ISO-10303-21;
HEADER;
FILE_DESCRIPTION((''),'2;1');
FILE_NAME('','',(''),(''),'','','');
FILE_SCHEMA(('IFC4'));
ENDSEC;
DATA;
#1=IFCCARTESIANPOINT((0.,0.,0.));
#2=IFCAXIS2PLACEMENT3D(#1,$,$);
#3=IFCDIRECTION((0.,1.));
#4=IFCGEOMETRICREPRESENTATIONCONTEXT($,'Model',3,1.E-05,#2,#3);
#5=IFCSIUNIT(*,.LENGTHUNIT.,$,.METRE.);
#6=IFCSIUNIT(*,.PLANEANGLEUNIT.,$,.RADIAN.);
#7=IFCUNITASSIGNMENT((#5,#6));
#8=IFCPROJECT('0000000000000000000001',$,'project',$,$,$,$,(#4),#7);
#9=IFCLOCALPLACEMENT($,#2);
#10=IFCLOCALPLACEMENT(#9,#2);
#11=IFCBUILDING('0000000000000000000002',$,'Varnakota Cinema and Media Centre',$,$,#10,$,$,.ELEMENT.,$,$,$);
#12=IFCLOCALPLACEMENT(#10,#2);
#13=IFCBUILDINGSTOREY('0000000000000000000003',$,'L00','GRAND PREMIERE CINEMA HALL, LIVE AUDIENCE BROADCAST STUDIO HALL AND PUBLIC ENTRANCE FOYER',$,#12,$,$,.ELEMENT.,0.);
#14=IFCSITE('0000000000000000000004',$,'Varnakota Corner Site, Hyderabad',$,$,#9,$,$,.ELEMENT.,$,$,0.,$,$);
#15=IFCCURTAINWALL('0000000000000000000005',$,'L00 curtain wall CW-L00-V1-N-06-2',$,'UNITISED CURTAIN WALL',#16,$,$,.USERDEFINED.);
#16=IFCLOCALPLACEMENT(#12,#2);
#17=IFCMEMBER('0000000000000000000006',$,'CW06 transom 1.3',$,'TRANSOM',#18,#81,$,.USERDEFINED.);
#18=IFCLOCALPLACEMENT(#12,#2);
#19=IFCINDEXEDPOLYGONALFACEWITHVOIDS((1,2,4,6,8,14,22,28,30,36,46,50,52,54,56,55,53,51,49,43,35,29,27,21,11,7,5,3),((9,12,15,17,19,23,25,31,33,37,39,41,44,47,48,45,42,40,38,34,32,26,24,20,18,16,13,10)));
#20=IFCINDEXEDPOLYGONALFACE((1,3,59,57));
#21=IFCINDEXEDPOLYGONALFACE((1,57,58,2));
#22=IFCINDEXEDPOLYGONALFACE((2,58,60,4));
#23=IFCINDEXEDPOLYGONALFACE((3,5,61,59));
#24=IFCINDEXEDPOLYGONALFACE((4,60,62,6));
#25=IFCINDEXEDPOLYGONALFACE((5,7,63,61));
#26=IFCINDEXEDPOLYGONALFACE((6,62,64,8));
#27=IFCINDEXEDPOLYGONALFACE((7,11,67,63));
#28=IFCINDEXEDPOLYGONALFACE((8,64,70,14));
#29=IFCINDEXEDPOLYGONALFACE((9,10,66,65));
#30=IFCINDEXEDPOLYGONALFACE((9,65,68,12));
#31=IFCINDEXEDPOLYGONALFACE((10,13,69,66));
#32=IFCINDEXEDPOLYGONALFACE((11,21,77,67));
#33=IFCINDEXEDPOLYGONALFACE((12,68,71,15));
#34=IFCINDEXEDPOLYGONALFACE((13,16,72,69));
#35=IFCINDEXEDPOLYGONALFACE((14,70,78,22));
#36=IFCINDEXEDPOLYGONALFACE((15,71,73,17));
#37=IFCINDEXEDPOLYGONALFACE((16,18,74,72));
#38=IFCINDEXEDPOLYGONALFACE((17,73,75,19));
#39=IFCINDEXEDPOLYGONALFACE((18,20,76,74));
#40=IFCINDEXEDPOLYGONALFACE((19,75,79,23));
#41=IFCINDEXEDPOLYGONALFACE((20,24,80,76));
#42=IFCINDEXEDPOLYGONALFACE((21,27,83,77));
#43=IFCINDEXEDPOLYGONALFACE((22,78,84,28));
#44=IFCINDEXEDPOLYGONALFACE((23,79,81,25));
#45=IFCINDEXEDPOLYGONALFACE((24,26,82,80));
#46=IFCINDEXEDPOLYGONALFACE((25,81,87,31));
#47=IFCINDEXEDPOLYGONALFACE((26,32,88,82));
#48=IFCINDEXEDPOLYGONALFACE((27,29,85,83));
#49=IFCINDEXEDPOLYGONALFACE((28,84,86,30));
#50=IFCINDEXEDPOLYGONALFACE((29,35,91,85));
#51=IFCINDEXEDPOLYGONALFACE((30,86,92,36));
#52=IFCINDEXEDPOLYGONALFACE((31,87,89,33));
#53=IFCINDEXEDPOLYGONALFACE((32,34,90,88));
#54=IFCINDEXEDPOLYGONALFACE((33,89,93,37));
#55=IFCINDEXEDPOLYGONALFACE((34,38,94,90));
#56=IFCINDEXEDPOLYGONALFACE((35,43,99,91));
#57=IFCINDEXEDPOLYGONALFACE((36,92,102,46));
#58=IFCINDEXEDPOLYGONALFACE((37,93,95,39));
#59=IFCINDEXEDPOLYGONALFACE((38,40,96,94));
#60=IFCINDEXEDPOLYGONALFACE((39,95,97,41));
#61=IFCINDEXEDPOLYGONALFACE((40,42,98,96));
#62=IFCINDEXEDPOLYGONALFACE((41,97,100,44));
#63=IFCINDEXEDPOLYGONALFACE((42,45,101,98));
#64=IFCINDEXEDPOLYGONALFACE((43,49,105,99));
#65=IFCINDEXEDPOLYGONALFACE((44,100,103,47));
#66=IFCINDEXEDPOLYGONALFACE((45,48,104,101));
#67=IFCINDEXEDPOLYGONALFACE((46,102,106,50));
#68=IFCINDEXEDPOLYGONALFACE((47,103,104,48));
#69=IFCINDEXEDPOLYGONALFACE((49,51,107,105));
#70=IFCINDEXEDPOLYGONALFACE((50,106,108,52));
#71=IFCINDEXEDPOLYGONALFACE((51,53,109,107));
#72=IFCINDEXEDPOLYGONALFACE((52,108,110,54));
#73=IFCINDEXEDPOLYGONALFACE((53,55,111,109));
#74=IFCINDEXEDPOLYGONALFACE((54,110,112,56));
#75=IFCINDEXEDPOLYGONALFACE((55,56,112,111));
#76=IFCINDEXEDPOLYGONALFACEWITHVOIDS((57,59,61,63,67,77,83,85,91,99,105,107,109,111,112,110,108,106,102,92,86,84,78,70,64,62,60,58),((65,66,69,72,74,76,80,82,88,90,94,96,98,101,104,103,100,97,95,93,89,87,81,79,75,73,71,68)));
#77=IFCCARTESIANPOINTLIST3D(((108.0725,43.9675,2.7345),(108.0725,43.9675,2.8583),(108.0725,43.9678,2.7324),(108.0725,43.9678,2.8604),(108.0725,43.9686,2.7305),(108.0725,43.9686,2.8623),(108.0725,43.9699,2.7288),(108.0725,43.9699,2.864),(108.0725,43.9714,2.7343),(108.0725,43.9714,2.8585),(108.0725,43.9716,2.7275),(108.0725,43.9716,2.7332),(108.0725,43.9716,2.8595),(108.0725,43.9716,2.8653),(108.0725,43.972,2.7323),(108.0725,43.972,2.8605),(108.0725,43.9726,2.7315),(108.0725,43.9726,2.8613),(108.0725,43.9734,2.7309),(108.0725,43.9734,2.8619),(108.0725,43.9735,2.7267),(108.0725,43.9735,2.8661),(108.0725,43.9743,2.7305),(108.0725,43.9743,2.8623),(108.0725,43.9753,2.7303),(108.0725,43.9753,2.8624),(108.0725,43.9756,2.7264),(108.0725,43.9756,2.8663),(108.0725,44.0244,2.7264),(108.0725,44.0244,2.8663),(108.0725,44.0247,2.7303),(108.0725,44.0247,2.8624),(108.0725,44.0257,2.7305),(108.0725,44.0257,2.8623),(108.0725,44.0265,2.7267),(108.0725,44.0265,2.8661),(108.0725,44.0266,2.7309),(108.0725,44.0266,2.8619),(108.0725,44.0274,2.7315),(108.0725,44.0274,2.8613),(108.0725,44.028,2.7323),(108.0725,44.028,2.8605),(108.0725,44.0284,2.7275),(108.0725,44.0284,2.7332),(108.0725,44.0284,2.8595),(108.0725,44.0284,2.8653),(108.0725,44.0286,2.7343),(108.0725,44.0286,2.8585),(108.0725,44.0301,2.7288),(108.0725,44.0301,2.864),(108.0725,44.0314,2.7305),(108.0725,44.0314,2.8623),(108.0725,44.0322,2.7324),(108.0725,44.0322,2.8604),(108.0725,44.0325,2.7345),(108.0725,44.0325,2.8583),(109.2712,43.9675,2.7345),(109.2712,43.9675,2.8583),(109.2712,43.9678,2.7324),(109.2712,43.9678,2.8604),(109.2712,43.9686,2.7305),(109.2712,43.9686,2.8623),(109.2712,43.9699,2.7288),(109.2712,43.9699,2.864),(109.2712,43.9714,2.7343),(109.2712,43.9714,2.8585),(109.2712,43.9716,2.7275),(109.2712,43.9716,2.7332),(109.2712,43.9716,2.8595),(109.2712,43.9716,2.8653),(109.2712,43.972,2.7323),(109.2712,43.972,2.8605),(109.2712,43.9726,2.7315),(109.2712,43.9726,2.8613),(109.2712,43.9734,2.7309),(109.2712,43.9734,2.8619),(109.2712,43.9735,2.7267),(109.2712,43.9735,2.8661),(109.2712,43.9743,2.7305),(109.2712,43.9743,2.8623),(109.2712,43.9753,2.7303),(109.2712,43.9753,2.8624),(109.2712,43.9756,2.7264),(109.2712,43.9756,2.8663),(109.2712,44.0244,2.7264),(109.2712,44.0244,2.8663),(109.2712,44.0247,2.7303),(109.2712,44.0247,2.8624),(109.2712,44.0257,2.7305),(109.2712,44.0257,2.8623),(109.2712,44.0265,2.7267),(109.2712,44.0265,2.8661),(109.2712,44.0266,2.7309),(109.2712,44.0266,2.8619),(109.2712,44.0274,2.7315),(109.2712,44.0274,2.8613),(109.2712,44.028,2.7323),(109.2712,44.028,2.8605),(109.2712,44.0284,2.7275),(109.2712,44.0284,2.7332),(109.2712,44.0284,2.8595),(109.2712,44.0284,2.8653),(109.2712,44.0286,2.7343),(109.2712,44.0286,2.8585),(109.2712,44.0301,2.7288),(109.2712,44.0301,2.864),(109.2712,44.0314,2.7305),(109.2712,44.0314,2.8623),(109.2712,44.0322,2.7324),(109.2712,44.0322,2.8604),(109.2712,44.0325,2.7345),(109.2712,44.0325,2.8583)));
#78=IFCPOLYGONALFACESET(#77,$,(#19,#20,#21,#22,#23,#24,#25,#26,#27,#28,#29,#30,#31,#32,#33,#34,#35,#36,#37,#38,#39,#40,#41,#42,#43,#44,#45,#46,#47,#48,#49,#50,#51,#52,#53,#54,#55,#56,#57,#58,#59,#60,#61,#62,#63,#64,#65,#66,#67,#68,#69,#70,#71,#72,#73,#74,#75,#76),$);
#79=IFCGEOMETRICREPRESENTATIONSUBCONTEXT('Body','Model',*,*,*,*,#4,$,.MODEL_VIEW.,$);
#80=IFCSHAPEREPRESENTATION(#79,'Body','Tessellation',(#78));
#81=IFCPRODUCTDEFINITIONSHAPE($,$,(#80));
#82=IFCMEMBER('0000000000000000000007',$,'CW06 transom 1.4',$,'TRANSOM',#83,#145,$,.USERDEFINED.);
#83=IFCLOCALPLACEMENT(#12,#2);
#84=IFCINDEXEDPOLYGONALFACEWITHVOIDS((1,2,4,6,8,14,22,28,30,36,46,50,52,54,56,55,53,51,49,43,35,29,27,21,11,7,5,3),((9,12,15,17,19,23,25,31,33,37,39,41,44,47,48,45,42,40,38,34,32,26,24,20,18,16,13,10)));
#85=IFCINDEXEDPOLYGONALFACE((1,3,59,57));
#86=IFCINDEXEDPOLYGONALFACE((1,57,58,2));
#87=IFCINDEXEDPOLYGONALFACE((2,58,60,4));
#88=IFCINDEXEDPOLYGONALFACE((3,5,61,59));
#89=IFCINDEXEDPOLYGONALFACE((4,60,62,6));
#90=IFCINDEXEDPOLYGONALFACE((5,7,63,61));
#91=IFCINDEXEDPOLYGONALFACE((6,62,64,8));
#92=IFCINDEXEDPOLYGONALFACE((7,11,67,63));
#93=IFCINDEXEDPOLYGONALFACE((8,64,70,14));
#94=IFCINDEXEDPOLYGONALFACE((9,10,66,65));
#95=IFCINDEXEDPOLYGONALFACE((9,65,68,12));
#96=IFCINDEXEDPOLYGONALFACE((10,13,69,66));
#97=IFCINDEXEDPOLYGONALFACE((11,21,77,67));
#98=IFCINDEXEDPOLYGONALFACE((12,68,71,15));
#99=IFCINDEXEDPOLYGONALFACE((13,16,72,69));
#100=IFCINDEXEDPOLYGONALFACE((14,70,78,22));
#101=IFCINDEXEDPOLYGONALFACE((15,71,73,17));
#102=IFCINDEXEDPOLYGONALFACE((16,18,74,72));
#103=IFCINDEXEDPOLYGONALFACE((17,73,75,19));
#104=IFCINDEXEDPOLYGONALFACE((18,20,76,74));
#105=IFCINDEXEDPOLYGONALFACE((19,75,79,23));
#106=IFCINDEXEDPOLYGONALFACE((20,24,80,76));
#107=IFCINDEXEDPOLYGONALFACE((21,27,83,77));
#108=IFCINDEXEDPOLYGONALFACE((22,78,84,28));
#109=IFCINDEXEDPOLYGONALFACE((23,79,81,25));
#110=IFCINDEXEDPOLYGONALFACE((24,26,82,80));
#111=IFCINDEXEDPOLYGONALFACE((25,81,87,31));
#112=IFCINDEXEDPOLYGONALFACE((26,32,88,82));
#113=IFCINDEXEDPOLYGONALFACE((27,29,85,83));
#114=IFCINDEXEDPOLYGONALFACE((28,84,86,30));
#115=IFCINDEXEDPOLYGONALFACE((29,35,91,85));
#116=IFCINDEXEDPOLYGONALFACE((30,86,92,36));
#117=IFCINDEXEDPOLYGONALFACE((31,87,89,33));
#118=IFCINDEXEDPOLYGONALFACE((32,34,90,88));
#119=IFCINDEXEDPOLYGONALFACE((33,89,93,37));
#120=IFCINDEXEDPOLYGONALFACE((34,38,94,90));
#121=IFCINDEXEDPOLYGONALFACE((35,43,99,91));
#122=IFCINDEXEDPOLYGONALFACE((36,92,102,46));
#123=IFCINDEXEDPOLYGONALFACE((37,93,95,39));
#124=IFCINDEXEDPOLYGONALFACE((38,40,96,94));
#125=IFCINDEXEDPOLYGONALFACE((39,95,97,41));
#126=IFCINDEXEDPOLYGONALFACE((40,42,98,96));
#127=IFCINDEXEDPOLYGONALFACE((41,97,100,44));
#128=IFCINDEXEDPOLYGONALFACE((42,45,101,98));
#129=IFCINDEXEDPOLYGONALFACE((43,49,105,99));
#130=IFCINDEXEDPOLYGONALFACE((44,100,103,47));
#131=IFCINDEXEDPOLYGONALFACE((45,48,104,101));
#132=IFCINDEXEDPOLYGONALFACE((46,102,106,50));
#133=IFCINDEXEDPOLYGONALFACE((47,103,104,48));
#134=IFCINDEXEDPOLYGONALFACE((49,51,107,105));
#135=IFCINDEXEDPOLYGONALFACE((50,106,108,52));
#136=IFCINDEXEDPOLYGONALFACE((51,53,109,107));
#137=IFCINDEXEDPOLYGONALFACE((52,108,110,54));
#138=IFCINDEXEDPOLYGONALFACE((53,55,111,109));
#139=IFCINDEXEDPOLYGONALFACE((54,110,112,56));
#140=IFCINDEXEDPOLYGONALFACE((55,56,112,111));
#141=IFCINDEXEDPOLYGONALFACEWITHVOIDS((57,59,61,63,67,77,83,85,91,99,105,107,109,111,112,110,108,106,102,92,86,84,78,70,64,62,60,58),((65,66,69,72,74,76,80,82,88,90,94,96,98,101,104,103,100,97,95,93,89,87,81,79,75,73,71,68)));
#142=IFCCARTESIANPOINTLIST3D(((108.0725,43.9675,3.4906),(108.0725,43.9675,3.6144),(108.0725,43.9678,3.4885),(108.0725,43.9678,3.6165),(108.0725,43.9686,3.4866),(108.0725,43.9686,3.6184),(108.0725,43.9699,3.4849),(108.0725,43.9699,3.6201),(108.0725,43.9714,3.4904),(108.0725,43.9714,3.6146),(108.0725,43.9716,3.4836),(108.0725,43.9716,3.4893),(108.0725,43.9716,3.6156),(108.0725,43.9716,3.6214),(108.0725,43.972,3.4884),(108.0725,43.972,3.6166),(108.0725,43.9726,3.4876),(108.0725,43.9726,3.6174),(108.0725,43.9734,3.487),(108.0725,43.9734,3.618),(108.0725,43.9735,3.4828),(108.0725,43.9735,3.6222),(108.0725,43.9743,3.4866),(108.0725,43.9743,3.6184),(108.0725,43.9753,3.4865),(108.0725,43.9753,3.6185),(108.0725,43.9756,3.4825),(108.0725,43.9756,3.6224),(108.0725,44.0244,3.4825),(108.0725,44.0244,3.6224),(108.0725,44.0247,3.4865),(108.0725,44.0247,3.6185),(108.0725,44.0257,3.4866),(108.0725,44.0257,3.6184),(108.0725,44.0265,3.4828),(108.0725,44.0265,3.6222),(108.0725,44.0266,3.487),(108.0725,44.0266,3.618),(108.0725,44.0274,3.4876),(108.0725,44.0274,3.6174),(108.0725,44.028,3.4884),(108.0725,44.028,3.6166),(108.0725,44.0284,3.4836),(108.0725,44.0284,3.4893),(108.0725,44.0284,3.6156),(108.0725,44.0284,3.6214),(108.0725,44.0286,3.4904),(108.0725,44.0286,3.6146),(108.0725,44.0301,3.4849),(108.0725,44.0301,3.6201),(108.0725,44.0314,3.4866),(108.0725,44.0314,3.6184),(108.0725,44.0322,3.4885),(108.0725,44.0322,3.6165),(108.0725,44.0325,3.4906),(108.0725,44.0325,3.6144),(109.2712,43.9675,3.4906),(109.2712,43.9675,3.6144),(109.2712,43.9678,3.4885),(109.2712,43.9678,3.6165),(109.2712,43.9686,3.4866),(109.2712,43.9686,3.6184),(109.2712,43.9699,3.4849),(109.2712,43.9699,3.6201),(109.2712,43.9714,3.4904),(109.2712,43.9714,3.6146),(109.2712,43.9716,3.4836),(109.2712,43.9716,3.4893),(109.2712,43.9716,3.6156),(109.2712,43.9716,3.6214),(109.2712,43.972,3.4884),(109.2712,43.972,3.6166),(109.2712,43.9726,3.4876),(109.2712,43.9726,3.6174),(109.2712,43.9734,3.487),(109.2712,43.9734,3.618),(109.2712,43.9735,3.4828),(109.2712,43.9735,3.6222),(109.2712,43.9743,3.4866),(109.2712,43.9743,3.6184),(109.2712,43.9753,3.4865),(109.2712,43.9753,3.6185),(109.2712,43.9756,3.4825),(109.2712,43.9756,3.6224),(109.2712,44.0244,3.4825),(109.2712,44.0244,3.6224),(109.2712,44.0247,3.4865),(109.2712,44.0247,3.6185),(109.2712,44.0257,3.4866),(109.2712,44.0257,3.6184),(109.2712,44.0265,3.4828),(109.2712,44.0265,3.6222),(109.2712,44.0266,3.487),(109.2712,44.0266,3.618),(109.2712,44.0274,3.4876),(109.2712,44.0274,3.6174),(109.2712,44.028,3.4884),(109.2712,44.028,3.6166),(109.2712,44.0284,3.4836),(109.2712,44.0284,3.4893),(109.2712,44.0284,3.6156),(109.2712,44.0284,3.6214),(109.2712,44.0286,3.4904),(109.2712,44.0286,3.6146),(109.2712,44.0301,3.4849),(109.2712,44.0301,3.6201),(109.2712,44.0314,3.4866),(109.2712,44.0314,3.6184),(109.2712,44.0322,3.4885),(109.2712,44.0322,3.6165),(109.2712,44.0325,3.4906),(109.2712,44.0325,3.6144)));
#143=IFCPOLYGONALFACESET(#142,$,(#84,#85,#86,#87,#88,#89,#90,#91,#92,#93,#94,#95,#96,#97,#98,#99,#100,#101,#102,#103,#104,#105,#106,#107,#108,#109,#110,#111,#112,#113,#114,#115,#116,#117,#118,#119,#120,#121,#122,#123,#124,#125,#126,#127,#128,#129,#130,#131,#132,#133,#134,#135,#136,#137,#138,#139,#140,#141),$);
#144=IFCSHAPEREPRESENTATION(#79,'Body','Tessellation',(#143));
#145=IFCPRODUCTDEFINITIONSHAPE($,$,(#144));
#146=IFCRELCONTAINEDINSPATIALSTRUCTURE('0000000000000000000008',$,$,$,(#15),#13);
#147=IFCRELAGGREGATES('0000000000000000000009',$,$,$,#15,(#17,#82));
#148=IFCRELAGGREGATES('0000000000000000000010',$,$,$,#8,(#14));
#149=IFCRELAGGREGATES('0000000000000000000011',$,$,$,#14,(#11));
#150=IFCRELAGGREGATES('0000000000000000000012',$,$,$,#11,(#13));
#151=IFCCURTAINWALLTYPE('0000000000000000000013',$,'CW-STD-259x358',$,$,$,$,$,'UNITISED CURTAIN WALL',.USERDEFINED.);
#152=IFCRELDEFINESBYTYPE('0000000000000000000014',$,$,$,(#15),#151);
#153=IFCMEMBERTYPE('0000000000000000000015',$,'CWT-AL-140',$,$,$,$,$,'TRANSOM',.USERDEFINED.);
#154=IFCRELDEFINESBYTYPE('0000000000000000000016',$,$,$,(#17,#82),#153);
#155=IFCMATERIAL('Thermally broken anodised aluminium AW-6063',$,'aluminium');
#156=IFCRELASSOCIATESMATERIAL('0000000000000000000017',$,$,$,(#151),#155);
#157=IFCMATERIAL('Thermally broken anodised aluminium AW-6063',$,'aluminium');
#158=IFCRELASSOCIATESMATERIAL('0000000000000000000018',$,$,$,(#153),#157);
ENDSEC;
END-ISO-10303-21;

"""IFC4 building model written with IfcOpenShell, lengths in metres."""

from ifc_helpers import new_model, si_unit, direction, frame, origin, origin_2d, place, context, subcontext, project, spatial, hollow_rectangle, extrude, material, material_profile, profile_set, type_object, element, aggregate, save


model = new_model("IFC4")

# Units and contexts
model_context = context("Model", 3, precision=1e-05, world=origin(), true_north=direction((0.0, 1.0)))
body_context = subcontext(model_context, "Body", "Model", "MODEL_VIEW")
ifc_project = project(units=[si_unit("LENGTHUNIT", "METRE"), si_unit("PLANEANGLEUNIT", "RADIAN")], contexts=[model_context])

# Site, building, storey
site_placement = place(None, origin())
site = spatial("IfcSite", under=ifc_project, at=site_placement, Name="Varnakota Corner Site, Hyderabad", CompositionType="ELEMENT", RefElevation=0.0)
building_placement = place(site_placement, origin())
building = spatial("IfcBuilding", under=site, at=building_placement, Name="Varnakota Cinema and Media Centre", CompositionType="ELEMENT")
storey_placement = place(building_placement, origin())
storey = spatial("IfcBuildingStorey", under=building, at=storey_placement, Name="L00", Description="GRAND PREMIERE CINEMA HALL, LIVE AUDIENCE BROADCAST STUDIO HALL AND PUBLIC ENTRANCE FOYER", CompositionType="ELEMENT", Elevation=0.0)

# Shared definitions
ifc_material_1 = material(Name="Thermally broken anodised aluminium AW-6063", Category="aluminium")
curtain_wall_type = type_object("IfcCurtainWallType", Name="CW-STD-259x358", ElementType="UNITISED CURTAIN WALL", PredefinedType="USERDEFINED", material=ifc_material_1)

# Curtain wall
curtain_wall_1_placement = place(storey_placement, origin())
curtain_wall_1 = element("IfcCurtainWall", 1, at=curtain_wall_1_placement, inside=storey, type_object=curtain_wall_type, Name="L00 curtain wall CW-L00-V1-N-06-2", ObjectType="UNITISED CURTAIN WALL", PredefinedType="USERDEFINED")

# Members
ifc_material_2 = material(Name="Thermally broken anodised aluminium AW-6063", Category="aluminium")
ifc_material_profile_1 = material_profile(ifc_material_2, hollow_rectangle(XDim=0.0649, YDim=0.1399, WallThickness=0.0039, InnerFilletRadius=0.0039, OuterFilletRadius=0.0081, at=origin_2d()), Name="AL-TRANSOM 140x65x4")
ifc_profile_set_1 = profile_set([ifc_material_profile_1], Name="Thermally broken anodised aluminium AW-6063")
member_type_1 = type_object("IfcMemberType", Name="CWT-AL-140", ElementType="TRANSOM", PredefinedType="USERDEFINED", material=ifc_profile_set_1)
member_1_placement = place(storey_placement, frame((108.0725, 44.0, 2.7964), z_axis=(1.0, 0.0, 0.0), x_axis=(0.0, 1.0, 0.0)))
member_1 = element("IfcMember", 2, at=member_1_placement, type_object=member_type_1, Name="CW06 transom 1.3", ObjectType="TRANSOM", PredefinedType="USERDEFINED", context=body_context, shape_type="SweptSolid", body=[
    extrude(hollow_rectangle(XDim=0.0649, YDim=0.1399, WallThickness=0.0039, InnerFilletRadius=0.0039, OuterFilletRadius=0.0081, at=origin_2d()), origin(), (0.0, 0.0, 1.0), 1.1987),
])
member_2_placement = place(storey_placement, frame((108.0725, 44.0, 3.5525), z_axis=(1.0, 0.0, 0.0), x_axis=(0.0, 1.0, 0.0)))
member_2 = element("IfcMember", 3, at=member_2_placement, type_object=member_type_1, Name="CW06 transom 1.4", ObjectType="TRANSOM", PredefinedType="USERDEFINED", context=body_context, shape_type="SweptSolid", body=[
    extrude(hollow_rectangle(XDim=0.0649, YDim=0.1399, WallThickness=0.0039, InnerFilletRadius=0.0039, OuterFilletRadius=0.0081, at=origin_2d()), origin(), (0.0, 0.0, 1.0), 1.1987),
])

aggregate(curtain_wall_1, [member_1, member_2])

save(model, "model.ifc")
